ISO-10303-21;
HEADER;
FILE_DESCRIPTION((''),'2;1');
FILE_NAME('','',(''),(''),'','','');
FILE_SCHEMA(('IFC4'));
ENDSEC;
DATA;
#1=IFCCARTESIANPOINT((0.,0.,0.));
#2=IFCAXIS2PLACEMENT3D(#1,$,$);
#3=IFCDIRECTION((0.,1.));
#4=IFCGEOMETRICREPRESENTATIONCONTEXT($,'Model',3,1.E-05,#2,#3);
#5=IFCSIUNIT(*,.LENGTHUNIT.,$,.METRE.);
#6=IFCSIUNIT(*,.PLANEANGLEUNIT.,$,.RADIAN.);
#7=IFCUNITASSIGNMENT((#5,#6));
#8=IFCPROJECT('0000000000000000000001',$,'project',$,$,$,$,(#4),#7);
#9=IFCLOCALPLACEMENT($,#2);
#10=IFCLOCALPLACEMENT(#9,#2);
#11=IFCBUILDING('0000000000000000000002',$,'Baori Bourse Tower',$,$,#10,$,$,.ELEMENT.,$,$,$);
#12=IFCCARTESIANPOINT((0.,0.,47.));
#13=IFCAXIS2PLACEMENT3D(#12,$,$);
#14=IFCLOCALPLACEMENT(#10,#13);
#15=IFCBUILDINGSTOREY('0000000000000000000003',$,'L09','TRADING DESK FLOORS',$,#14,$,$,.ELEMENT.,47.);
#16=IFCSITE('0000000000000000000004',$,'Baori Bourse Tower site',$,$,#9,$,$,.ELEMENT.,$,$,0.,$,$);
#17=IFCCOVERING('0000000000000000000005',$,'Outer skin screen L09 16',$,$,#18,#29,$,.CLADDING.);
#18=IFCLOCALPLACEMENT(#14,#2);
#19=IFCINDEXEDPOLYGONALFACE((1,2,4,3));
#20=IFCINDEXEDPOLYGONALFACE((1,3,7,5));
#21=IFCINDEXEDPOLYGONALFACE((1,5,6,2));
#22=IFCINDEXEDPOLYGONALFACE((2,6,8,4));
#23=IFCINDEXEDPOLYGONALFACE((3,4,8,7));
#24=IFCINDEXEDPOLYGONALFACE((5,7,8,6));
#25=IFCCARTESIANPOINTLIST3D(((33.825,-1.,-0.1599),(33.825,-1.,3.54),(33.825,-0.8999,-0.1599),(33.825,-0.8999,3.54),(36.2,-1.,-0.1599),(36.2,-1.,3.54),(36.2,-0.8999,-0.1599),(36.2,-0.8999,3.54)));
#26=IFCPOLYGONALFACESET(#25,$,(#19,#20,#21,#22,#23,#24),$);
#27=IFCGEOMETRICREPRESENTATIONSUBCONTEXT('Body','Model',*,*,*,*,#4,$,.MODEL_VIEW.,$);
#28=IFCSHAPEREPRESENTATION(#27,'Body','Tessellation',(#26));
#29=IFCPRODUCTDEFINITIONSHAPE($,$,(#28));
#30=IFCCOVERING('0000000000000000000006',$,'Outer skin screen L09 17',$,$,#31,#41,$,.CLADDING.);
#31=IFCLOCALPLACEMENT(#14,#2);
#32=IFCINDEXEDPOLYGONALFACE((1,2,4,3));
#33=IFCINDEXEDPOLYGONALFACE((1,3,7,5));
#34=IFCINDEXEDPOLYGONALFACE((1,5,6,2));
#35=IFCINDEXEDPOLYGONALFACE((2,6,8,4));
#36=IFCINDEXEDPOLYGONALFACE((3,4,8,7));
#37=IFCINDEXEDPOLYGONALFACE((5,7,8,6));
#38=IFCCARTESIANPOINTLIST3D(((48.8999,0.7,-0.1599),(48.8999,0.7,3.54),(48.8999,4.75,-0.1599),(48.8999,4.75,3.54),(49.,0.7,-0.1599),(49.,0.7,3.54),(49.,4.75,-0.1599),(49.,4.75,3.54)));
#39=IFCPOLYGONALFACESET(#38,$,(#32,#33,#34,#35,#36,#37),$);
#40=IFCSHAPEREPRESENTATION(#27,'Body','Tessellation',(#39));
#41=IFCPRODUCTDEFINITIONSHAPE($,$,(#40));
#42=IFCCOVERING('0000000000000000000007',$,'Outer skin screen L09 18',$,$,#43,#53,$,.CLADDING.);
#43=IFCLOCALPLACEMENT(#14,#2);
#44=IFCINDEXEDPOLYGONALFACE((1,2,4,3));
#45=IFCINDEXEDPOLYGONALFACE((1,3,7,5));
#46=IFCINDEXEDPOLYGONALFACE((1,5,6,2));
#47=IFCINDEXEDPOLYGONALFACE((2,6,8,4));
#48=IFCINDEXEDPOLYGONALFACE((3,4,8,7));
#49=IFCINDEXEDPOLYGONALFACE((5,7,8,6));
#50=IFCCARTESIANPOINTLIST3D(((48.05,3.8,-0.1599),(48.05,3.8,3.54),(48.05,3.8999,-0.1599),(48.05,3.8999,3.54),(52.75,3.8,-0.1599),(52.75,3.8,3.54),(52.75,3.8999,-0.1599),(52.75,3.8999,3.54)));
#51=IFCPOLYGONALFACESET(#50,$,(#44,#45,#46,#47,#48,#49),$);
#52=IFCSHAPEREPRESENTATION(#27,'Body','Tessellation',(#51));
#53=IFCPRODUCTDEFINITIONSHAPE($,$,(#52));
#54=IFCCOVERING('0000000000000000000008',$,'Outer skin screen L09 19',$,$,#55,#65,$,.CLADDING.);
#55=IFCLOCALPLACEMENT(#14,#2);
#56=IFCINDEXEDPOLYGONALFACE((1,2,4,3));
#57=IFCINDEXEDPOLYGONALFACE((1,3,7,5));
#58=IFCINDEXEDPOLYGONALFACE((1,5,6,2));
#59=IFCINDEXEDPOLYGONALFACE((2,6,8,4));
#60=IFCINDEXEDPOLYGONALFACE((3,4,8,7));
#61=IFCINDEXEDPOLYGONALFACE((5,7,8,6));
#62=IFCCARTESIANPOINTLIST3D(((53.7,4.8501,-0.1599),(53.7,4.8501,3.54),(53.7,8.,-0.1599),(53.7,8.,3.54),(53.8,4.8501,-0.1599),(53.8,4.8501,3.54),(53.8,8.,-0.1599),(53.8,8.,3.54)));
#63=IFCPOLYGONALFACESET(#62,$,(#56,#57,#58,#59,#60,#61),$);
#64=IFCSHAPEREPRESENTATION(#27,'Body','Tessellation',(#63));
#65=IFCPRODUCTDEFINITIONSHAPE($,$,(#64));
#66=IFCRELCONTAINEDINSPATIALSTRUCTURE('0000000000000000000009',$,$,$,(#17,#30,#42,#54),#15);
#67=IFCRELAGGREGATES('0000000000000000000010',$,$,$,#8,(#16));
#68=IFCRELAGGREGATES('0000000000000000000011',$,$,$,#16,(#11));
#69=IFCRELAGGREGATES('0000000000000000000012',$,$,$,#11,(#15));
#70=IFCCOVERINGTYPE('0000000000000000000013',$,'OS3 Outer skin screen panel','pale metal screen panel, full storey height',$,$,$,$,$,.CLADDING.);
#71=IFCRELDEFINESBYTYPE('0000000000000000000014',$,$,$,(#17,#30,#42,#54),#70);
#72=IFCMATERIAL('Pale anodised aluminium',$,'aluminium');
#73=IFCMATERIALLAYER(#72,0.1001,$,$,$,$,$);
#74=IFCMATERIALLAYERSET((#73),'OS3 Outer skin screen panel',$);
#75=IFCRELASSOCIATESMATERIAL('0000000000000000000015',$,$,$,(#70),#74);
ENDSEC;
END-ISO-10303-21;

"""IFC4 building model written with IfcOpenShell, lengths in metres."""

from ifc_helpers import new_model, si_unit, direction, frame, origin, place, context, subcontext, project, spatial, polyline, outline, extrude, material, layer, layer_set, type_object, element, save


model = new_model("IFC4")

# Units and contexts
model_context = context("Model", 3, precision=1e-05, world=origin(), true_north=direction((0.0, 1.0)))
body_context = subcontext(model_context, "Body", "Model", "MODEL_VIEW")
ifc_project = project(units=[si_unit("LENGTHUNIT", "METRE"), si_unit("PLANEANGLEUNIT", "RADIAN")], contexts=[model_context])

# Site, building, storey
site_placement = place(None, origin())
site = spatial("IfcSite", under=ifc_project, at=site_placement, Name="Baori Bourse Tower site", CompositionType="ELEMENT", RefElevation=0.0)
building_placement = place(site_placement, origin())
building = spatial("IfcBuilding", under=site, at=building_placement, Name="Baori Bourse Tower", CompositionType="ELEMENT")
storey_placement = place(building_placement, frame((0.0, 0.0, 47.0)))
storey = spatial("IfcBuildingStorey", under=building, at=storey_placement, Name="L09", Description="TRADING DESK FLOORS", CompositionType="ELEMENT", Elevation=47.0)

# Coverings
ifc_material_1 = material(Name="Pale anodised aluminium", Category="aluminium")
ifc_layer_1 = layer(ifc_material_1, 0.1001)
ifc_layer_set_1 = layer_set([ifc_layer_1], Name="OS3 Outer skin screen panel")
covering_type = type_object("IfcCoveringType", Name="OS3 Outer skin screen panel", Description="pale metal screen panel, full storey height", PredefinedType="CLADDING", material=ifc_layer_set_1)
covering_1_placement = place(storey_placement, frame((0.0, 0.0, -0.1599)))
element("IfcCovering", 1, at=covering_1_placement, inside=storey, type_object=covering_type, Name="Outer skin screen L09 16", PredefinedType="CLADDING", context=body_context, shape_type="SweptSolid", body=[
    extrude(outline(polyline([(36.2, -0.8999), (33.825, -0.8999), (33.825, -1.0), (36.2, -1.0), (36.2, -0.8999)])), origin(), (0.0, 0.0, 1.0), 3.7),
])
covering_2_placement = place(storey_placement, frame((0.0, 0.0, -0.1599)))
element("IfcCovering", 2, at=covering_2_placement, inside=storey, type_object=covering_type, Name="Outer skin screen L09 17", PredefinedType="CLADDING", context=body_context, shape_type="SweptSolid", body=[
    extrude(outline(polyline([(48.8999, 4.75), (48.8999, 0.7), (49.0, 0.7), (49.0, 4.75), (48.8999, 4.75)])), origin(), (0.0, 0.0, 1.0), 3.7),
])
covering_3_placement = place(storey_placement, frame((0.0, 0.0, -0.1599)))
element("IfcCovering", 3, at=covering_3_placement, inside=storey, type_object=covering_type, Name="Outer skin screen L09 18", PredefinedType="CLADDING", context=body_context, shape_type="SweptSolid", body=[
    extrude(outline(polyline([(52.75, 3.8999), (48.05, 3.8999), (48.05, 3.8), (52.75, 3.8), (52.75, 3.8999)])), origin(), (0.0, 0.0, 1.0), 3.7),
])
covering_4_placement = place(storey_placement, frame((0.0, 0.0, -0.1599)))
element("IfcCovering", 4, at=covering_4_placement, inside=storey, type_object=covering_type, Name="Outer skin screen L09 19", PredefinedType="CLADDING", context=body_context, shape_type="SweptSolid", body=[
    extrude(outline(polyline([(53.7, 8.0), (53.7, 4.8501), (53.8, 4.8501), (53.8, 8.0), (53.7, 8.0)])), origin(), (0.0, 0.0, 1.0), 3.7),
])

save(model, "model.ifc")
